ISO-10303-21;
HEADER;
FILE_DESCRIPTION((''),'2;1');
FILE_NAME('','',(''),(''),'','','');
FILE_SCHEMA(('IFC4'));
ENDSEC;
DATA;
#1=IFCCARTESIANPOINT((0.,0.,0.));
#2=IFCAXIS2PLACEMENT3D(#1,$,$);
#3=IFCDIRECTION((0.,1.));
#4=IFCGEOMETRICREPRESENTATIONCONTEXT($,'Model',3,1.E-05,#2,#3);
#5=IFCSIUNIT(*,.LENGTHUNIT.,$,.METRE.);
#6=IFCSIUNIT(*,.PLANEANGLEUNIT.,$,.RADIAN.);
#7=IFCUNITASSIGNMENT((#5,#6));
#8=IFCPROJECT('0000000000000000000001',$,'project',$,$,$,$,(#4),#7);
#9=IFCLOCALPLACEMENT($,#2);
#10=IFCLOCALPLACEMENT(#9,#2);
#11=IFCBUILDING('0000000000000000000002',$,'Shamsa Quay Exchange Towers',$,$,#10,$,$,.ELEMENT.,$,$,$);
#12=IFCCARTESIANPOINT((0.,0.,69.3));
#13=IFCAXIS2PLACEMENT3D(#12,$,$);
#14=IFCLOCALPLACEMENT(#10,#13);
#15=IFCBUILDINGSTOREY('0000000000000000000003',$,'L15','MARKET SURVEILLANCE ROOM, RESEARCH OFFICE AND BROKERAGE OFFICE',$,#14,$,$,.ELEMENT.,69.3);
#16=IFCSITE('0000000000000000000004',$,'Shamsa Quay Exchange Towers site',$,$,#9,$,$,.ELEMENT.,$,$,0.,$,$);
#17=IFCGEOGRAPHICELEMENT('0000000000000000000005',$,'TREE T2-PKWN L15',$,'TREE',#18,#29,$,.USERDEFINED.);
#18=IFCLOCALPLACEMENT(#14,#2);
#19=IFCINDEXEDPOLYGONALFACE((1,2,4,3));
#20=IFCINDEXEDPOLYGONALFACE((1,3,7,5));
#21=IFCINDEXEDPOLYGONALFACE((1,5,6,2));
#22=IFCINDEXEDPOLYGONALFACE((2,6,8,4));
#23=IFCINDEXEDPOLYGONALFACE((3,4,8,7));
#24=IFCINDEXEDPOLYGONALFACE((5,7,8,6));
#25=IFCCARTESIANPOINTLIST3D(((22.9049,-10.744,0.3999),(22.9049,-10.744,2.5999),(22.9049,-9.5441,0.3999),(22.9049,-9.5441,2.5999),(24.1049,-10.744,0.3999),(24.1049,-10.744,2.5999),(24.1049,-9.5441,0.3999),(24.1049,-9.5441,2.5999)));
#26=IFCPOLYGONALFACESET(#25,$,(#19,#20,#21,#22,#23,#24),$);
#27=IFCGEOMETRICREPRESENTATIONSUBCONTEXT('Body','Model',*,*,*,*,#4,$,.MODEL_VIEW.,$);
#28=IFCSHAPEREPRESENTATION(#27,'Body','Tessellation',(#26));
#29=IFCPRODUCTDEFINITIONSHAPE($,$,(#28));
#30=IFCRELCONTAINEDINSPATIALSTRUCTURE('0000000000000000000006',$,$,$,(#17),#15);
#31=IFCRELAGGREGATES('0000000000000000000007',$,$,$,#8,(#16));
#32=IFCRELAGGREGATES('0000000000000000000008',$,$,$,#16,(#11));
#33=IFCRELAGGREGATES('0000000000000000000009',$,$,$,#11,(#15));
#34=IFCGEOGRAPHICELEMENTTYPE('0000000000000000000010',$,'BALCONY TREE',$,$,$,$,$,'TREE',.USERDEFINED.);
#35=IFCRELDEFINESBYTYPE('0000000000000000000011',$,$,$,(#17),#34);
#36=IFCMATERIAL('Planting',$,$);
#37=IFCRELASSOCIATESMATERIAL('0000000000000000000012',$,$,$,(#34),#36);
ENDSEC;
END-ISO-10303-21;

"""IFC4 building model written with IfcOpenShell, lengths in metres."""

from ifc_helpers import new_model, si_unit, direction, frame, origin, origin_2d, place, context, subcontext, project, spatial, rectangle, extrude, material, type_object, element, save


model = new_model("IFC4")

# Units and contexts
model_context = context("Model", 3, precision=1e-05, world=origin(), true_north=direction((0.0, 1.0)))
body_context = subcontext(model_context, "Body", "Model", "MODEL_VIEW")
ifc_project = project(units=[si_unit("LENGTHUNIT", "METRE"), si_unit("PLANEANGLEUNIT", "RADIAN")], contexts=[model_context])

# Site, building, storey
site_placement = place(None, origin())
site = spatial("IfcSite", under=ifc_project, at=site_placement, Name="Shamsa Quay Exchange Towers site", CompositionType="ELEMENT", RefElevation=0.0)
building_placement = place(site_placement, origin())
building = spatial("IfcBuilding", under=site, at=building_placement, Name="Shamsa Quay Exchange Towers", CompositionType="ELEMENT")
storey_placement = place(building_placement, frame((0.0, 0.0, 69.3)))
storey = spatial("IfcBuildingStorey", under=building, at=storey_placement, Name="L15", Description="MARKET SURVEILLANCE ROOM, RESEARCH OFFICE AND BROKERAGE OFFICE", CompositionType="ELEMENT", Elevation=69.3)

# Geographic element
ifc_material_1 = material(Name="Planting")
geographic_element_type = type_object("IfcGeographicElementType", Name="BALCONY TREE", ElementType="TREE", PredefinedType="USERDEFINED", material=ifc_material_1)
geographic_element_placement = place(storey_placement, frame((23.5049, -10.144, 0.3999), z_axis=(0.0, 0.0, 1.0), x_axis=(0.0, -1.0, 0.0)))
element("IfcGeographicElement", 1, at=geographic_element_placement, inside=storey, type_object=geographic_element_type, Name="TREE T2-PKWN L15", ObjectType="TREE", PredefinedType="USERDEFINED", context=body_context, shape_type="SweptSolid", body=[
    extrude(rectangle(XDim=1.2, YDim=1.2, at=origin_2d()), origin(), (0.0, 0.0, 1.0), 2.2),
])

save(model, "model.ifc")
